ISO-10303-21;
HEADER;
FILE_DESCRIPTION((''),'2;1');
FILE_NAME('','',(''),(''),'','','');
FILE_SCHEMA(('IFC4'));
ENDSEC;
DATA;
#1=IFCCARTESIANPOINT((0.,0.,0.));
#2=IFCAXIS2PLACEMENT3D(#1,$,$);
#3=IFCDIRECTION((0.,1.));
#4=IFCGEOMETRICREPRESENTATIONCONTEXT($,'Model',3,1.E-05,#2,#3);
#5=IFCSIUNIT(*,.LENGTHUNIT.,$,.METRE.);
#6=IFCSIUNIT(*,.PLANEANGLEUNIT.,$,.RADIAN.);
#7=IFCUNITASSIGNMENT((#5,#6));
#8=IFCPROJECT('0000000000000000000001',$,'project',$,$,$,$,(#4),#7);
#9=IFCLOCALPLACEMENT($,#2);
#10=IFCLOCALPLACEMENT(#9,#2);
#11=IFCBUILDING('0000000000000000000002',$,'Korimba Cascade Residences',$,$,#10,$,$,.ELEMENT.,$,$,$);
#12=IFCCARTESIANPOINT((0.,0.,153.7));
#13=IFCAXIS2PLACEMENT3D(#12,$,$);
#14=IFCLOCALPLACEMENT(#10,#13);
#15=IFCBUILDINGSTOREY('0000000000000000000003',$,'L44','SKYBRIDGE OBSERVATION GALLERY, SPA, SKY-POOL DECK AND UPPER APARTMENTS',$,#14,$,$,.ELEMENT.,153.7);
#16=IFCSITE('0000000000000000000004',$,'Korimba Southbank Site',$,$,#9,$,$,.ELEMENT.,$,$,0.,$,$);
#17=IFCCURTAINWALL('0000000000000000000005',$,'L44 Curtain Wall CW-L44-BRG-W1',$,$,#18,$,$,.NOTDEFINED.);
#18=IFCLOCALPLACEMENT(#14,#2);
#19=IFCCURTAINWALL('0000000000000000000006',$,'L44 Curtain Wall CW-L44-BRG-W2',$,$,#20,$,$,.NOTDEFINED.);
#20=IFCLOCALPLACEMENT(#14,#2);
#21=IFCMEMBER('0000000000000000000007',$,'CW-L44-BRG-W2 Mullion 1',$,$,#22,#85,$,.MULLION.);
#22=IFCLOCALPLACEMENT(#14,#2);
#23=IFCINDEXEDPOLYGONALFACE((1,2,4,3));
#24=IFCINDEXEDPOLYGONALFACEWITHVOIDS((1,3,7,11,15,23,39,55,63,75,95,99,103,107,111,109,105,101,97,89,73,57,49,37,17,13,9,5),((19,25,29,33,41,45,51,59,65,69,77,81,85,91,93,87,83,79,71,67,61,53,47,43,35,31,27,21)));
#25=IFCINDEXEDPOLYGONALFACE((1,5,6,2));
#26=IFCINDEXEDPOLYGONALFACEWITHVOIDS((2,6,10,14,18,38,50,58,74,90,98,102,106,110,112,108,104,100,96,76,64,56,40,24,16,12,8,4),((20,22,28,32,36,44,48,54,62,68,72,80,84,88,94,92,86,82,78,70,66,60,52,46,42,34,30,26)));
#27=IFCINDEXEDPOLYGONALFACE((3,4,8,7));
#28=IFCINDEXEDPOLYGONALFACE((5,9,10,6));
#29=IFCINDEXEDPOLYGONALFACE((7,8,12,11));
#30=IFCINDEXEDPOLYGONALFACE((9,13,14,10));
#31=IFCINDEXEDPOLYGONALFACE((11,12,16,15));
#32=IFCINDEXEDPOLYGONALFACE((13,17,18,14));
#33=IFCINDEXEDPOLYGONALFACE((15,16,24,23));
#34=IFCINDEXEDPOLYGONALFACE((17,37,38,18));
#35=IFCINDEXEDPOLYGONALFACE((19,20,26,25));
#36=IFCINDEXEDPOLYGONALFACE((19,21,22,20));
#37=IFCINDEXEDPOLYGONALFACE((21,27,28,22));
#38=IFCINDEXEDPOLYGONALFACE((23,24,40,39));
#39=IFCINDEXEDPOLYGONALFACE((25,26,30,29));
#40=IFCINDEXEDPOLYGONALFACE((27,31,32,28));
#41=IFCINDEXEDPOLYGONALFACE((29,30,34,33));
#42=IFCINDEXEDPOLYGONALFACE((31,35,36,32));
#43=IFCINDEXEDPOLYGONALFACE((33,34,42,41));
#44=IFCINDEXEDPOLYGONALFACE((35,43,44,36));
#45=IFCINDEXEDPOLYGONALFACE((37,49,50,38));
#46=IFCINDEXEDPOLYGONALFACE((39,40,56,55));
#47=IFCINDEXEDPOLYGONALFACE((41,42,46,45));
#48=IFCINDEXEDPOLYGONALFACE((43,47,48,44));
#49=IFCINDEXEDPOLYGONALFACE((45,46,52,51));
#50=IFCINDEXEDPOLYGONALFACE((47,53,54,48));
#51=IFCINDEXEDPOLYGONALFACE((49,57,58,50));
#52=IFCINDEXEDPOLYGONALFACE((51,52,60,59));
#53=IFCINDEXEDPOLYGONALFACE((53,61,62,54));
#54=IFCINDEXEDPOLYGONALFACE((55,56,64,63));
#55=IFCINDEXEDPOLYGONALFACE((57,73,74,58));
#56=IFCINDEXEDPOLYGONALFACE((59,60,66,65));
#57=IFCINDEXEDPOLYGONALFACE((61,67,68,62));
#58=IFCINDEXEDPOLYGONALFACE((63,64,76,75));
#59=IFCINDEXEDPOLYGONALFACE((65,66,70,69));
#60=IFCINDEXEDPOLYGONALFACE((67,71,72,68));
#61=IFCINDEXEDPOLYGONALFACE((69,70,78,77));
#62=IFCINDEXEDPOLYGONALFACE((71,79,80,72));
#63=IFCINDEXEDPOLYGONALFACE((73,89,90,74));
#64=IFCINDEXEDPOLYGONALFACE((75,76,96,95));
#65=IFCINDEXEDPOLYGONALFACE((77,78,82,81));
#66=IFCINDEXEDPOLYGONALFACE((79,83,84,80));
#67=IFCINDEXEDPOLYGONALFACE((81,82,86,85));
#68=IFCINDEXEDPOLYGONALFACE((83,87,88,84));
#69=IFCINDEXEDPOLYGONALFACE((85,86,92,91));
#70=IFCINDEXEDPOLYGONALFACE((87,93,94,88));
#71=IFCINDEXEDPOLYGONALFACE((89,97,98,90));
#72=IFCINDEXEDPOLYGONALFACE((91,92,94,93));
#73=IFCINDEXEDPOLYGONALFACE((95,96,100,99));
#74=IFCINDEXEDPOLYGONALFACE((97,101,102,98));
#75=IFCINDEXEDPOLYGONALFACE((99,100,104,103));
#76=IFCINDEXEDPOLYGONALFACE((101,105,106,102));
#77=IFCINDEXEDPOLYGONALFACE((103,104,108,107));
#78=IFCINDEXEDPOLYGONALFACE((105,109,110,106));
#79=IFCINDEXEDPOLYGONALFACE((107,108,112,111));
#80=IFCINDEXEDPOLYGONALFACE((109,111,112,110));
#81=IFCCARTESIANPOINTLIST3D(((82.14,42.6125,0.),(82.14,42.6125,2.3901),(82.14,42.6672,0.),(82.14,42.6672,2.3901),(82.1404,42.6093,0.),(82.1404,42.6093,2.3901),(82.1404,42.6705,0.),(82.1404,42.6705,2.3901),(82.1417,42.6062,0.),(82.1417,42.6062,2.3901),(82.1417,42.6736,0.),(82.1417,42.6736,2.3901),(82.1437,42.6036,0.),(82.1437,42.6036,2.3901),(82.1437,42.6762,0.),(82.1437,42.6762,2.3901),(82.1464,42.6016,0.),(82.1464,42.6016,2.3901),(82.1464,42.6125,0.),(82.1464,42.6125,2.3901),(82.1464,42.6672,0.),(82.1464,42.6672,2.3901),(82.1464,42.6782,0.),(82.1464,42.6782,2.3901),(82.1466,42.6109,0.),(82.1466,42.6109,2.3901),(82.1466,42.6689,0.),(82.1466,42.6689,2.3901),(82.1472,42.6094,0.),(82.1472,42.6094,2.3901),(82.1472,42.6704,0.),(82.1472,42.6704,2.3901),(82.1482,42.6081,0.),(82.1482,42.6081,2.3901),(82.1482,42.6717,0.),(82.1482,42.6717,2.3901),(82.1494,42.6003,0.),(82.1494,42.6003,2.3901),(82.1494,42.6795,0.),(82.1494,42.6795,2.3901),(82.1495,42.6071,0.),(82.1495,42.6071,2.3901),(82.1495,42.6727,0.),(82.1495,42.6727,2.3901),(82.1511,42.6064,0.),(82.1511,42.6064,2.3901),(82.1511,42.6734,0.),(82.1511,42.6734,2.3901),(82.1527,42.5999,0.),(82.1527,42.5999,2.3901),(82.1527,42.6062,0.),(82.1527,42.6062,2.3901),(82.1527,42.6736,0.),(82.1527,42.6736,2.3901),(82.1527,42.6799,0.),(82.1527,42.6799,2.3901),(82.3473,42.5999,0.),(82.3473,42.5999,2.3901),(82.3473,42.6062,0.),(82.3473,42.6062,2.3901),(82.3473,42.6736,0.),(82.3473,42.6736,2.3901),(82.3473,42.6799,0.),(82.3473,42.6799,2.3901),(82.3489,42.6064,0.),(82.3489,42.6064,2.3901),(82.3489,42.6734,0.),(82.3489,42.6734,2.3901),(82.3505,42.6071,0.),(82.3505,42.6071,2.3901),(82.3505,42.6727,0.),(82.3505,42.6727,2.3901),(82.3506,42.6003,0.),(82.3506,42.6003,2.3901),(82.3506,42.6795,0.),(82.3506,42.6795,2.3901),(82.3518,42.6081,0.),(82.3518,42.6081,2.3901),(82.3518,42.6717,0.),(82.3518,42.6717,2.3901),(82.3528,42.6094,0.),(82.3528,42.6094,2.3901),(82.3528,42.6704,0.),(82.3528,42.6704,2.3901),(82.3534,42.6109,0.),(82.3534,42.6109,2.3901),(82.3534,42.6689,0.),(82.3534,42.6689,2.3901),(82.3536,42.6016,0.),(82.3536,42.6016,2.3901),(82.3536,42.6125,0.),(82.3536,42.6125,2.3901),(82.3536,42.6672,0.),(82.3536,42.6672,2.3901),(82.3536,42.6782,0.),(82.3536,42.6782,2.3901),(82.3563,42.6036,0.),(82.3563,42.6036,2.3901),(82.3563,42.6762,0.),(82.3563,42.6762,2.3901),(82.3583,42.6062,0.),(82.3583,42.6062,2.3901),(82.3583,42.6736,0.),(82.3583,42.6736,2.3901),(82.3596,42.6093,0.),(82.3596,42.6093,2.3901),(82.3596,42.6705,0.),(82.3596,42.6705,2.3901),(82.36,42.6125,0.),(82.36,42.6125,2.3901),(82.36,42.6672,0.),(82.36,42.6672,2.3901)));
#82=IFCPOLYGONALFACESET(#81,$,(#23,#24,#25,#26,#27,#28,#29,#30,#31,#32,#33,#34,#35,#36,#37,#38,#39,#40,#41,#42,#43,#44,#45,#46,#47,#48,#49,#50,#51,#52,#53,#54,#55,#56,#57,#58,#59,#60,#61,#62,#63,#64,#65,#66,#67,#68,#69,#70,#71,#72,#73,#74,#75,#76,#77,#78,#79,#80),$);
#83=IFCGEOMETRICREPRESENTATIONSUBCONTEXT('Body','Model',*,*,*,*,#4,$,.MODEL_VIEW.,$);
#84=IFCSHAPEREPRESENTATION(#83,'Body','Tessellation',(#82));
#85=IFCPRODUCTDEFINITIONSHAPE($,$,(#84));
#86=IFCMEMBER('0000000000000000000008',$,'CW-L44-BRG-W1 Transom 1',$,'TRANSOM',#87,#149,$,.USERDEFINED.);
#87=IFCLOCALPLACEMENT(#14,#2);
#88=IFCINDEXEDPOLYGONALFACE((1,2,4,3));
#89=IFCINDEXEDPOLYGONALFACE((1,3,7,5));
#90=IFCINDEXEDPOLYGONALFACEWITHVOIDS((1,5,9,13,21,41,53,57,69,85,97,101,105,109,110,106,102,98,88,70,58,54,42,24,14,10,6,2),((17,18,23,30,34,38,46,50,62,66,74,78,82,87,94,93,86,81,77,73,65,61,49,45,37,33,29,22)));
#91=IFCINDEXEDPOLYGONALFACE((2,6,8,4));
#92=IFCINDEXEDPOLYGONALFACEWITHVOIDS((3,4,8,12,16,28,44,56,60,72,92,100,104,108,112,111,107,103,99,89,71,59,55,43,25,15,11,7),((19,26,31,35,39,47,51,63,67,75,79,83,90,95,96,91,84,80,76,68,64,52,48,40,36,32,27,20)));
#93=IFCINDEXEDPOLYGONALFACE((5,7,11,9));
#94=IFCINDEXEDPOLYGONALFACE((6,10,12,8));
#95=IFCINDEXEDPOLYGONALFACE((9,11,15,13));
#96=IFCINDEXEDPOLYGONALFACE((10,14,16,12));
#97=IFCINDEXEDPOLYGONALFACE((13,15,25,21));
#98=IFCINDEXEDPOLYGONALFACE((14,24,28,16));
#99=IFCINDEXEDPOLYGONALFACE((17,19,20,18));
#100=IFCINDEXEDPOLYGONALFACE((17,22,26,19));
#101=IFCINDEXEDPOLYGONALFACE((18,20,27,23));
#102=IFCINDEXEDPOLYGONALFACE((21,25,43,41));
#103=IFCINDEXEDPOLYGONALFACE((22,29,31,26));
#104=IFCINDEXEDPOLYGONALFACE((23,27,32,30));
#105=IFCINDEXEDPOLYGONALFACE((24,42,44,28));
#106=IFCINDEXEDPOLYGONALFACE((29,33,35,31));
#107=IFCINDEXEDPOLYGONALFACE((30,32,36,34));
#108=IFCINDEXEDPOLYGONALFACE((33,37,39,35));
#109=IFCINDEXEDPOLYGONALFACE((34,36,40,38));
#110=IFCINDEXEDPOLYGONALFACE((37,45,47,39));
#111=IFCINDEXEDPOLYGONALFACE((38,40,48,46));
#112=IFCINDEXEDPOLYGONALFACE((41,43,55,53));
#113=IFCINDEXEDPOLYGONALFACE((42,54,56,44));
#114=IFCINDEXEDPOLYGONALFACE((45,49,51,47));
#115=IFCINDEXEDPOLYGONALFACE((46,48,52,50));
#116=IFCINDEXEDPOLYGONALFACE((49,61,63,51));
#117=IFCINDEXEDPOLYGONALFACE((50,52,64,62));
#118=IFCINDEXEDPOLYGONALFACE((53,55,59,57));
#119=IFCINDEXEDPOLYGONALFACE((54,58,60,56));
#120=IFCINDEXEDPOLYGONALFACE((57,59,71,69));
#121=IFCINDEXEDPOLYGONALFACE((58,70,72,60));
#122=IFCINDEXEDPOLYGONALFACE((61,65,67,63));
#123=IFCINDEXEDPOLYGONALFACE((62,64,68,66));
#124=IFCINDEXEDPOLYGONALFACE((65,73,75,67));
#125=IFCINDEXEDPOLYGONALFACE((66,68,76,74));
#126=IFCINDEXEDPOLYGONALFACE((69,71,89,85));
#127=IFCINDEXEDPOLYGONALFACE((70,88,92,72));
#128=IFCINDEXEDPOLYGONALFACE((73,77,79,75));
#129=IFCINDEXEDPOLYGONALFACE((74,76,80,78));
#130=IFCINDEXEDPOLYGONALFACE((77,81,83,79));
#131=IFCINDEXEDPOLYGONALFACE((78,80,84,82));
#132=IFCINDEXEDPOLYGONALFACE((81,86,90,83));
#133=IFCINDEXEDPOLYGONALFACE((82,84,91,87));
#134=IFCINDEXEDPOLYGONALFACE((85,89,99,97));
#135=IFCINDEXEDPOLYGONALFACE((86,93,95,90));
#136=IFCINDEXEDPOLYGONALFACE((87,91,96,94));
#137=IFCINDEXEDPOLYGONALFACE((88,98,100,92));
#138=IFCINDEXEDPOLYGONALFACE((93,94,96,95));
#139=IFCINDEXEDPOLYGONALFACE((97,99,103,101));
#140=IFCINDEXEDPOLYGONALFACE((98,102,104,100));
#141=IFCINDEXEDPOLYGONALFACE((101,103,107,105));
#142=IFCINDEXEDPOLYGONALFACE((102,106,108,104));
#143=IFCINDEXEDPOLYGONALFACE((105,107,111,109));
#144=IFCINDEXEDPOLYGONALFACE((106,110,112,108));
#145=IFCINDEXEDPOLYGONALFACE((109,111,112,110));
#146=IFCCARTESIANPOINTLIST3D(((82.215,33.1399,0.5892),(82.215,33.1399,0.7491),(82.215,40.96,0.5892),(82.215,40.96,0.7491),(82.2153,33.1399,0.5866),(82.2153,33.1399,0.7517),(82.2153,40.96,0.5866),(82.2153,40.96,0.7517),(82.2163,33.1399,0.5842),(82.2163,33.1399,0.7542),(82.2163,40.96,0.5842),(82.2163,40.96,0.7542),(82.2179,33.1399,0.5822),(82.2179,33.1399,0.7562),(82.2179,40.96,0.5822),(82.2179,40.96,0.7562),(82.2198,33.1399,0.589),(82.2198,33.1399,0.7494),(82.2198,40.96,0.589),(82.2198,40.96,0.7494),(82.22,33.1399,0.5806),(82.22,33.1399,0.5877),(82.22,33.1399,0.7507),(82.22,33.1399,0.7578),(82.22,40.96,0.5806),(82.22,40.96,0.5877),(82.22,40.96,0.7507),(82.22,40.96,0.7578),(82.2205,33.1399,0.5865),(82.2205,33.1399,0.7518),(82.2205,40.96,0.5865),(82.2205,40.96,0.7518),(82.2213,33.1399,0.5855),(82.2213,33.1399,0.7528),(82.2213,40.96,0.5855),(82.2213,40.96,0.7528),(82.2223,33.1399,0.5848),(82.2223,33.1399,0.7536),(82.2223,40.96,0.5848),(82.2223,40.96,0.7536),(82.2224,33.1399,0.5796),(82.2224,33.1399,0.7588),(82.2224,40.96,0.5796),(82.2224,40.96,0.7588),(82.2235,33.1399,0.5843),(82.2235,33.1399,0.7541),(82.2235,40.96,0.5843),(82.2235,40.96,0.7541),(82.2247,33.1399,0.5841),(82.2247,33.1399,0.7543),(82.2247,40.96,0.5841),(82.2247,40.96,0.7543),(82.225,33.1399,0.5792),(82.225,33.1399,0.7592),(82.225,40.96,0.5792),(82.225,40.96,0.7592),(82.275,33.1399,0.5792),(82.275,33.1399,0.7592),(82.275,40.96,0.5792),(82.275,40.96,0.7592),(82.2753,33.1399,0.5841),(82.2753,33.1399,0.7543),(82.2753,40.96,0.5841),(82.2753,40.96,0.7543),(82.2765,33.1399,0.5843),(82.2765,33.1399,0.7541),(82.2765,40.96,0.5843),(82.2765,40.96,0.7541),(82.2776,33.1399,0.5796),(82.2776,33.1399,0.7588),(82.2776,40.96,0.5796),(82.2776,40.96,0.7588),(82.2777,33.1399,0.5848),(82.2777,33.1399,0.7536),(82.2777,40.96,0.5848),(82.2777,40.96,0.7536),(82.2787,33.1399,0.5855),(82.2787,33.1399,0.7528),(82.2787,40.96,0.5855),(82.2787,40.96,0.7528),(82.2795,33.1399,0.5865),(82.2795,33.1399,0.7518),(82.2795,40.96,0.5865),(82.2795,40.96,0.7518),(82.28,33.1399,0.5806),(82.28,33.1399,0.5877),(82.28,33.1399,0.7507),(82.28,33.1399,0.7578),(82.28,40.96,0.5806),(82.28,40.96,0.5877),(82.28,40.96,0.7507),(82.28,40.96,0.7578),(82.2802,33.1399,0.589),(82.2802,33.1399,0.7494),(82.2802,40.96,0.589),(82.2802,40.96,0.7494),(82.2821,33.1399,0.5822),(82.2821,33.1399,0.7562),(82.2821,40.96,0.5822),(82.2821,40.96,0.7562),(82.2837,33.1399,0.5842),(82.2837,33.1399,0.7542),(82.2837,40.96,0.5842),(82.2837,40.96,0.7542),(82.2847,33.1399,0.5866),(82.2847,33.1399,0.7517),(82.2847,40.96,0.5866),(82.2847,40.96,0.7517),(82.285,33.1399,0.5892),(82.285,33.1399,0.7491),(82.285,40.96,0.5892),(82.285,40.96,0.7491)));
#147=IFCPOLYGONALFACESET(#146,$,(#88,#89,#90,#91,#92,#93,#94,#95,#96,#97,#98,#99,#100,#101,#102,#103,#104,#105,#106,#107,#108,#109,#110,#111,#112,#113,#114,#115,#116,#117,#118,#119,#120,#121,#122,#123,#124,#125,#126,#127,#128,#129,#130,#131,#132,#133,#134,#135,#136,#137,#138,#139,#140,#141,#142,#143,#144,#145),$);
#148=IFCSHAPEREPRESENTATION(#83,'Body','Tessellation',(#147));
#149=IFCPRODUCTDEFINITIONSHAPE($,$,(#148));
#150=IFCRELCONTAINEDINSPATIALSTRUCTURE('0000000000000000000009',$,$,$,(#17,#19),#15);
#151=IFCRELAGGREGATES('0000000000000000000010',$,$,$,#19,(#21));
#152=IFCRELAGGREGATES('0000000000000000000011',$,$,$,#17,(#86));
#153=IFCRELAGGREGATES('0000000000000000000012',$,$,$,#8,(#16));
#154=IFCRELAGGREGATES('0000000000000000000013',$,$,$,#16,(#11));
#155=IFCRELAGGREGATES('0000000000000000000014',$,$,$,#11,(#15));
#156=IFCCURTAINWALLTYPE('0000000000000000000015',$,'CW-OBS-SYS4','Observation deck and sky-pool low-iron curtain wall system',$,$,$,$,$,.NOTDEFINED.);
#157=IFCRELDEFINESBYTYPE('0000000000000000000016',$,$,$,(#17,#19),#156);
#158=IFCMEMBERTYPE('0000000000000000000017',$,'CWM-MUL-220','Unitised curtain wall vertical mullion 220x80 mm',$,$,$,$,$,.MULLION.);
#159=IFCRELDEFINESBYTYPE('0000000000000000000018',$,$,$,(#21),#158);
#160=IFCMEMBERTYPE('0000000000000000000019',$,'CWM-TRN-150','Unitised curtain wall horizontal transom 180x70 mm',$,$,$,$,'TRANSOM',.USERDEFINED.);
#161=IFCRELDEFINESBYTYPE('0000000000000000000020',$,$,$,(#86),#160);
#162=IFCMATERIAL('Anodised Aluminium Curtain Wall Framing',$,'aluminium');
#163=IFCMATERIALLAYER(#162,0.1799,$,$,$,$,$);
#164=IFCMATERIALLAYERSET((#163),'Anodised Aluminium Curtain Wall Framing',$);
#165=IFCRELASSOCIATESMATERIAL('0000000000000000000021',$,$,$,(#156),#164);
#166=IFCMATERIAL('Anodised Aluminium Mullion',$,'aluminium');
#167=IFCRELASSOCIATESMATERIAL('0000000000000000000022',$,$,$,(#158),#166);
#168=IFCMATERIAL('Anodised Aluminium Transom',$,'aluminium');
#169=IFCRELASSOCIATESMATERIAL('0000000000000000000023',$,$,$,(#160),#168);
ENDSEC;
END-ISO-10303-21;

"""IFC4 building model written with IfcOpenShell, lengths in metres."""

from ifc_helpers import new_model, si_unit, direction, frame, origin, origin_2d, place, context, subcontext, project, spatial, hollow_rectangle, extrude, material, layer, layer_set, material_profile, profile_set, type_object, element, aggregate, save


model = new_model("IFC4")

# Units and contexts
model_context = context("Model", 3, precision=1e-05, world=origin(), true_north=direction((0.0, 1.0)))
body_context = subcontext(model_context, "Body", "Model", "MODEL_VIEW")
ifc_project = project(units=[si_unit("LENGTHUNIT", "METRE"), si_unit("PLANEANGLEUNIT", "RADIAN")], contexts=[model_context])

# Site, building, storey
site_placement = place(None, origin())
site = spatial("IfcSite", under=ifc_project, at=site_placement, Name="Korimba Southbank Site", CompositionType="ELEMENT", RefElevation=0.0)
building_placement = place(site_placement, origin())
building = spatial("IfcBuilding", under=site, at=building_placement, Name="Korimba Cascade Residences", CompositionType="ELEMENT")
storey_placement = place(building_placement, frame((0.0, 0.0, 153.7)))
storey = spatial("IfcBuildingStorey", under=building, at=storey_placement, Name="L44", Description="SKYBRIDGE OBSERVATION GALLERY, SPA, SKY-POOL DECK AND UPPER APARTMENTS", CompositionType="ELEMENT", Elevation=153.7)

# Curtain walls, member
ifc_material_1 = material(Name="Anodised Aluminium Curtain Wall Framing", Category="aluminium")
ifc_layer_1 = layer(ifc_material_1, 0.1799)
ifc_layer_set_1 = layer_set([ifc_layer_1], Name="Anodised Aluminium Curtain Wall Framing")
curtain_wall_type = type_object("IfcCurtainWallType", Name="CW-OBS-SYS4", Description="Observation deck and sky-pool low-iron curtain wall system", PredefinedType="NOTDEFINED", material=ifc_layer_set_1)
curtain_wall_1_placement = place(storey_placement, origin())
curtain_wall_1 = element("IfcCurtainWall", 1, at=curtain_wall_1_placement, inside=storey, type_object=curtain_wall_type, Name="L44 Curtain Wall CW-L44-BRG-W1", PredefinedType="NOTDEFINED")
ifc_material_2 = material(Name="Anodised Aluminium Mullion", Category="aluminium")
ifc_material_profile_1 = material_profile(ifc_material_2, hollow_rectangle(XDim=0.0801, YDim=0.22, WallThickness=0.0063, InnerFilletRadius=0.0063, OuterFilletRadius=0.0127, at=origin_2d()), Name="Anodised Aluminium Mullion")
ifc_profile_set_1 = profile_set([ifc_material_profile_1], Name="Anodised Aluminium Mullion")
member_type_1 = type_object("IfcMemberType", Name="CWM-MUL-220", Description="Unitised curtain wall vertical mullion 220x80 mm", PredefinedType="MULLION", material=ifc_profile_set_1)
curtain_wall_2_placement = place(storey_placement, origin())
curtain_wall_2 = element("IfcCurtainWall", 2, at=curtain_wall_2_placement, inside=storey, type_object=curtain_wall_type, Name="L44 Curtain Wall CW-L44-BRG-W2", PredefinedType="NOTDEFINED")
member_1_placement = place(storey_placement, frame((82.25, 42.6399, 0.0), z_axis=(0.0, 0.0, 1.0), x_axis=(0.0, 1.0, 0.0)))
member_1 = element("IfcMember", 3, at=member_1_placement, type_object=member_type_1, Name="CW-L44-BRG-W2 Mullion 1", PredefinedType="MULLION", context=body_context, shape_type="SweptSolid", body=[
    extrude(hollow_rectangle(XDim=0.0801, YDim=0.22, WallThickness=0.0063, InnerFilletRadius=0.0063, OuterFilletRadius=0.0127, at=origin_2d()), origin(), (0.0, 0.0, 1.0), 2.3901),
])

# Member
ifc_material_3 = material(Name="Anodised Aluminium Transom", Category="aluminium")
ifc_material_profile_2 = material_profile(ifc_material_3, hollow_rectangle(XDim=0.0701, YDim=0.1799, WallThickness=0.0049, InnerFilletRadius=0.0049, OuterFilletRadius=0.01, at=origin_2d()), Name="Anodised Aluminium Transom")
ifc_profile_set_2 = profile_set([ifc_material_profile_2], Name="Anodised Aluminium Transom")
member_type_2 = type_object("IfcMemberType", Name="CWM-TRN-150", Description="Unitised curtain wall horizontal transom 180x70 mm", ElementType="TRANSOM", PredefinedType="USERDEFINED", material=ifc_profile_set_2)
member_2_placement = place(storey_placement, frame((82.25, 33.1399, 0.6692), z_axis=(0.0, 1.0, 0.0), x_axis=(-1.0, 0.0, 0.0)))
member_2 = element("IfcMember", 4, at=member_2_placement, type_object=member_type_2, Name="CW-L44-BRG-W1 Transom 1", ObjectType="TRANSOM", PredefinedType="USERDEFINED", context=body_context, shape_type="SweptSolid", body=[
    extrude(hollow_rectangle(XDim=0.0701, YDim=0.1799, WallThickness=0.0049, InnerFilletRadius=0.0049, OuterFilletRadius=0.01, at=origin_2d()), origin(), (0.0, 0.0, 1.0), 7.8201),
])
aggregate(curtain_wall_2, [member_1])

aggregate(curtain_wall_1, [member_2])

save(model, "model.ifc")
